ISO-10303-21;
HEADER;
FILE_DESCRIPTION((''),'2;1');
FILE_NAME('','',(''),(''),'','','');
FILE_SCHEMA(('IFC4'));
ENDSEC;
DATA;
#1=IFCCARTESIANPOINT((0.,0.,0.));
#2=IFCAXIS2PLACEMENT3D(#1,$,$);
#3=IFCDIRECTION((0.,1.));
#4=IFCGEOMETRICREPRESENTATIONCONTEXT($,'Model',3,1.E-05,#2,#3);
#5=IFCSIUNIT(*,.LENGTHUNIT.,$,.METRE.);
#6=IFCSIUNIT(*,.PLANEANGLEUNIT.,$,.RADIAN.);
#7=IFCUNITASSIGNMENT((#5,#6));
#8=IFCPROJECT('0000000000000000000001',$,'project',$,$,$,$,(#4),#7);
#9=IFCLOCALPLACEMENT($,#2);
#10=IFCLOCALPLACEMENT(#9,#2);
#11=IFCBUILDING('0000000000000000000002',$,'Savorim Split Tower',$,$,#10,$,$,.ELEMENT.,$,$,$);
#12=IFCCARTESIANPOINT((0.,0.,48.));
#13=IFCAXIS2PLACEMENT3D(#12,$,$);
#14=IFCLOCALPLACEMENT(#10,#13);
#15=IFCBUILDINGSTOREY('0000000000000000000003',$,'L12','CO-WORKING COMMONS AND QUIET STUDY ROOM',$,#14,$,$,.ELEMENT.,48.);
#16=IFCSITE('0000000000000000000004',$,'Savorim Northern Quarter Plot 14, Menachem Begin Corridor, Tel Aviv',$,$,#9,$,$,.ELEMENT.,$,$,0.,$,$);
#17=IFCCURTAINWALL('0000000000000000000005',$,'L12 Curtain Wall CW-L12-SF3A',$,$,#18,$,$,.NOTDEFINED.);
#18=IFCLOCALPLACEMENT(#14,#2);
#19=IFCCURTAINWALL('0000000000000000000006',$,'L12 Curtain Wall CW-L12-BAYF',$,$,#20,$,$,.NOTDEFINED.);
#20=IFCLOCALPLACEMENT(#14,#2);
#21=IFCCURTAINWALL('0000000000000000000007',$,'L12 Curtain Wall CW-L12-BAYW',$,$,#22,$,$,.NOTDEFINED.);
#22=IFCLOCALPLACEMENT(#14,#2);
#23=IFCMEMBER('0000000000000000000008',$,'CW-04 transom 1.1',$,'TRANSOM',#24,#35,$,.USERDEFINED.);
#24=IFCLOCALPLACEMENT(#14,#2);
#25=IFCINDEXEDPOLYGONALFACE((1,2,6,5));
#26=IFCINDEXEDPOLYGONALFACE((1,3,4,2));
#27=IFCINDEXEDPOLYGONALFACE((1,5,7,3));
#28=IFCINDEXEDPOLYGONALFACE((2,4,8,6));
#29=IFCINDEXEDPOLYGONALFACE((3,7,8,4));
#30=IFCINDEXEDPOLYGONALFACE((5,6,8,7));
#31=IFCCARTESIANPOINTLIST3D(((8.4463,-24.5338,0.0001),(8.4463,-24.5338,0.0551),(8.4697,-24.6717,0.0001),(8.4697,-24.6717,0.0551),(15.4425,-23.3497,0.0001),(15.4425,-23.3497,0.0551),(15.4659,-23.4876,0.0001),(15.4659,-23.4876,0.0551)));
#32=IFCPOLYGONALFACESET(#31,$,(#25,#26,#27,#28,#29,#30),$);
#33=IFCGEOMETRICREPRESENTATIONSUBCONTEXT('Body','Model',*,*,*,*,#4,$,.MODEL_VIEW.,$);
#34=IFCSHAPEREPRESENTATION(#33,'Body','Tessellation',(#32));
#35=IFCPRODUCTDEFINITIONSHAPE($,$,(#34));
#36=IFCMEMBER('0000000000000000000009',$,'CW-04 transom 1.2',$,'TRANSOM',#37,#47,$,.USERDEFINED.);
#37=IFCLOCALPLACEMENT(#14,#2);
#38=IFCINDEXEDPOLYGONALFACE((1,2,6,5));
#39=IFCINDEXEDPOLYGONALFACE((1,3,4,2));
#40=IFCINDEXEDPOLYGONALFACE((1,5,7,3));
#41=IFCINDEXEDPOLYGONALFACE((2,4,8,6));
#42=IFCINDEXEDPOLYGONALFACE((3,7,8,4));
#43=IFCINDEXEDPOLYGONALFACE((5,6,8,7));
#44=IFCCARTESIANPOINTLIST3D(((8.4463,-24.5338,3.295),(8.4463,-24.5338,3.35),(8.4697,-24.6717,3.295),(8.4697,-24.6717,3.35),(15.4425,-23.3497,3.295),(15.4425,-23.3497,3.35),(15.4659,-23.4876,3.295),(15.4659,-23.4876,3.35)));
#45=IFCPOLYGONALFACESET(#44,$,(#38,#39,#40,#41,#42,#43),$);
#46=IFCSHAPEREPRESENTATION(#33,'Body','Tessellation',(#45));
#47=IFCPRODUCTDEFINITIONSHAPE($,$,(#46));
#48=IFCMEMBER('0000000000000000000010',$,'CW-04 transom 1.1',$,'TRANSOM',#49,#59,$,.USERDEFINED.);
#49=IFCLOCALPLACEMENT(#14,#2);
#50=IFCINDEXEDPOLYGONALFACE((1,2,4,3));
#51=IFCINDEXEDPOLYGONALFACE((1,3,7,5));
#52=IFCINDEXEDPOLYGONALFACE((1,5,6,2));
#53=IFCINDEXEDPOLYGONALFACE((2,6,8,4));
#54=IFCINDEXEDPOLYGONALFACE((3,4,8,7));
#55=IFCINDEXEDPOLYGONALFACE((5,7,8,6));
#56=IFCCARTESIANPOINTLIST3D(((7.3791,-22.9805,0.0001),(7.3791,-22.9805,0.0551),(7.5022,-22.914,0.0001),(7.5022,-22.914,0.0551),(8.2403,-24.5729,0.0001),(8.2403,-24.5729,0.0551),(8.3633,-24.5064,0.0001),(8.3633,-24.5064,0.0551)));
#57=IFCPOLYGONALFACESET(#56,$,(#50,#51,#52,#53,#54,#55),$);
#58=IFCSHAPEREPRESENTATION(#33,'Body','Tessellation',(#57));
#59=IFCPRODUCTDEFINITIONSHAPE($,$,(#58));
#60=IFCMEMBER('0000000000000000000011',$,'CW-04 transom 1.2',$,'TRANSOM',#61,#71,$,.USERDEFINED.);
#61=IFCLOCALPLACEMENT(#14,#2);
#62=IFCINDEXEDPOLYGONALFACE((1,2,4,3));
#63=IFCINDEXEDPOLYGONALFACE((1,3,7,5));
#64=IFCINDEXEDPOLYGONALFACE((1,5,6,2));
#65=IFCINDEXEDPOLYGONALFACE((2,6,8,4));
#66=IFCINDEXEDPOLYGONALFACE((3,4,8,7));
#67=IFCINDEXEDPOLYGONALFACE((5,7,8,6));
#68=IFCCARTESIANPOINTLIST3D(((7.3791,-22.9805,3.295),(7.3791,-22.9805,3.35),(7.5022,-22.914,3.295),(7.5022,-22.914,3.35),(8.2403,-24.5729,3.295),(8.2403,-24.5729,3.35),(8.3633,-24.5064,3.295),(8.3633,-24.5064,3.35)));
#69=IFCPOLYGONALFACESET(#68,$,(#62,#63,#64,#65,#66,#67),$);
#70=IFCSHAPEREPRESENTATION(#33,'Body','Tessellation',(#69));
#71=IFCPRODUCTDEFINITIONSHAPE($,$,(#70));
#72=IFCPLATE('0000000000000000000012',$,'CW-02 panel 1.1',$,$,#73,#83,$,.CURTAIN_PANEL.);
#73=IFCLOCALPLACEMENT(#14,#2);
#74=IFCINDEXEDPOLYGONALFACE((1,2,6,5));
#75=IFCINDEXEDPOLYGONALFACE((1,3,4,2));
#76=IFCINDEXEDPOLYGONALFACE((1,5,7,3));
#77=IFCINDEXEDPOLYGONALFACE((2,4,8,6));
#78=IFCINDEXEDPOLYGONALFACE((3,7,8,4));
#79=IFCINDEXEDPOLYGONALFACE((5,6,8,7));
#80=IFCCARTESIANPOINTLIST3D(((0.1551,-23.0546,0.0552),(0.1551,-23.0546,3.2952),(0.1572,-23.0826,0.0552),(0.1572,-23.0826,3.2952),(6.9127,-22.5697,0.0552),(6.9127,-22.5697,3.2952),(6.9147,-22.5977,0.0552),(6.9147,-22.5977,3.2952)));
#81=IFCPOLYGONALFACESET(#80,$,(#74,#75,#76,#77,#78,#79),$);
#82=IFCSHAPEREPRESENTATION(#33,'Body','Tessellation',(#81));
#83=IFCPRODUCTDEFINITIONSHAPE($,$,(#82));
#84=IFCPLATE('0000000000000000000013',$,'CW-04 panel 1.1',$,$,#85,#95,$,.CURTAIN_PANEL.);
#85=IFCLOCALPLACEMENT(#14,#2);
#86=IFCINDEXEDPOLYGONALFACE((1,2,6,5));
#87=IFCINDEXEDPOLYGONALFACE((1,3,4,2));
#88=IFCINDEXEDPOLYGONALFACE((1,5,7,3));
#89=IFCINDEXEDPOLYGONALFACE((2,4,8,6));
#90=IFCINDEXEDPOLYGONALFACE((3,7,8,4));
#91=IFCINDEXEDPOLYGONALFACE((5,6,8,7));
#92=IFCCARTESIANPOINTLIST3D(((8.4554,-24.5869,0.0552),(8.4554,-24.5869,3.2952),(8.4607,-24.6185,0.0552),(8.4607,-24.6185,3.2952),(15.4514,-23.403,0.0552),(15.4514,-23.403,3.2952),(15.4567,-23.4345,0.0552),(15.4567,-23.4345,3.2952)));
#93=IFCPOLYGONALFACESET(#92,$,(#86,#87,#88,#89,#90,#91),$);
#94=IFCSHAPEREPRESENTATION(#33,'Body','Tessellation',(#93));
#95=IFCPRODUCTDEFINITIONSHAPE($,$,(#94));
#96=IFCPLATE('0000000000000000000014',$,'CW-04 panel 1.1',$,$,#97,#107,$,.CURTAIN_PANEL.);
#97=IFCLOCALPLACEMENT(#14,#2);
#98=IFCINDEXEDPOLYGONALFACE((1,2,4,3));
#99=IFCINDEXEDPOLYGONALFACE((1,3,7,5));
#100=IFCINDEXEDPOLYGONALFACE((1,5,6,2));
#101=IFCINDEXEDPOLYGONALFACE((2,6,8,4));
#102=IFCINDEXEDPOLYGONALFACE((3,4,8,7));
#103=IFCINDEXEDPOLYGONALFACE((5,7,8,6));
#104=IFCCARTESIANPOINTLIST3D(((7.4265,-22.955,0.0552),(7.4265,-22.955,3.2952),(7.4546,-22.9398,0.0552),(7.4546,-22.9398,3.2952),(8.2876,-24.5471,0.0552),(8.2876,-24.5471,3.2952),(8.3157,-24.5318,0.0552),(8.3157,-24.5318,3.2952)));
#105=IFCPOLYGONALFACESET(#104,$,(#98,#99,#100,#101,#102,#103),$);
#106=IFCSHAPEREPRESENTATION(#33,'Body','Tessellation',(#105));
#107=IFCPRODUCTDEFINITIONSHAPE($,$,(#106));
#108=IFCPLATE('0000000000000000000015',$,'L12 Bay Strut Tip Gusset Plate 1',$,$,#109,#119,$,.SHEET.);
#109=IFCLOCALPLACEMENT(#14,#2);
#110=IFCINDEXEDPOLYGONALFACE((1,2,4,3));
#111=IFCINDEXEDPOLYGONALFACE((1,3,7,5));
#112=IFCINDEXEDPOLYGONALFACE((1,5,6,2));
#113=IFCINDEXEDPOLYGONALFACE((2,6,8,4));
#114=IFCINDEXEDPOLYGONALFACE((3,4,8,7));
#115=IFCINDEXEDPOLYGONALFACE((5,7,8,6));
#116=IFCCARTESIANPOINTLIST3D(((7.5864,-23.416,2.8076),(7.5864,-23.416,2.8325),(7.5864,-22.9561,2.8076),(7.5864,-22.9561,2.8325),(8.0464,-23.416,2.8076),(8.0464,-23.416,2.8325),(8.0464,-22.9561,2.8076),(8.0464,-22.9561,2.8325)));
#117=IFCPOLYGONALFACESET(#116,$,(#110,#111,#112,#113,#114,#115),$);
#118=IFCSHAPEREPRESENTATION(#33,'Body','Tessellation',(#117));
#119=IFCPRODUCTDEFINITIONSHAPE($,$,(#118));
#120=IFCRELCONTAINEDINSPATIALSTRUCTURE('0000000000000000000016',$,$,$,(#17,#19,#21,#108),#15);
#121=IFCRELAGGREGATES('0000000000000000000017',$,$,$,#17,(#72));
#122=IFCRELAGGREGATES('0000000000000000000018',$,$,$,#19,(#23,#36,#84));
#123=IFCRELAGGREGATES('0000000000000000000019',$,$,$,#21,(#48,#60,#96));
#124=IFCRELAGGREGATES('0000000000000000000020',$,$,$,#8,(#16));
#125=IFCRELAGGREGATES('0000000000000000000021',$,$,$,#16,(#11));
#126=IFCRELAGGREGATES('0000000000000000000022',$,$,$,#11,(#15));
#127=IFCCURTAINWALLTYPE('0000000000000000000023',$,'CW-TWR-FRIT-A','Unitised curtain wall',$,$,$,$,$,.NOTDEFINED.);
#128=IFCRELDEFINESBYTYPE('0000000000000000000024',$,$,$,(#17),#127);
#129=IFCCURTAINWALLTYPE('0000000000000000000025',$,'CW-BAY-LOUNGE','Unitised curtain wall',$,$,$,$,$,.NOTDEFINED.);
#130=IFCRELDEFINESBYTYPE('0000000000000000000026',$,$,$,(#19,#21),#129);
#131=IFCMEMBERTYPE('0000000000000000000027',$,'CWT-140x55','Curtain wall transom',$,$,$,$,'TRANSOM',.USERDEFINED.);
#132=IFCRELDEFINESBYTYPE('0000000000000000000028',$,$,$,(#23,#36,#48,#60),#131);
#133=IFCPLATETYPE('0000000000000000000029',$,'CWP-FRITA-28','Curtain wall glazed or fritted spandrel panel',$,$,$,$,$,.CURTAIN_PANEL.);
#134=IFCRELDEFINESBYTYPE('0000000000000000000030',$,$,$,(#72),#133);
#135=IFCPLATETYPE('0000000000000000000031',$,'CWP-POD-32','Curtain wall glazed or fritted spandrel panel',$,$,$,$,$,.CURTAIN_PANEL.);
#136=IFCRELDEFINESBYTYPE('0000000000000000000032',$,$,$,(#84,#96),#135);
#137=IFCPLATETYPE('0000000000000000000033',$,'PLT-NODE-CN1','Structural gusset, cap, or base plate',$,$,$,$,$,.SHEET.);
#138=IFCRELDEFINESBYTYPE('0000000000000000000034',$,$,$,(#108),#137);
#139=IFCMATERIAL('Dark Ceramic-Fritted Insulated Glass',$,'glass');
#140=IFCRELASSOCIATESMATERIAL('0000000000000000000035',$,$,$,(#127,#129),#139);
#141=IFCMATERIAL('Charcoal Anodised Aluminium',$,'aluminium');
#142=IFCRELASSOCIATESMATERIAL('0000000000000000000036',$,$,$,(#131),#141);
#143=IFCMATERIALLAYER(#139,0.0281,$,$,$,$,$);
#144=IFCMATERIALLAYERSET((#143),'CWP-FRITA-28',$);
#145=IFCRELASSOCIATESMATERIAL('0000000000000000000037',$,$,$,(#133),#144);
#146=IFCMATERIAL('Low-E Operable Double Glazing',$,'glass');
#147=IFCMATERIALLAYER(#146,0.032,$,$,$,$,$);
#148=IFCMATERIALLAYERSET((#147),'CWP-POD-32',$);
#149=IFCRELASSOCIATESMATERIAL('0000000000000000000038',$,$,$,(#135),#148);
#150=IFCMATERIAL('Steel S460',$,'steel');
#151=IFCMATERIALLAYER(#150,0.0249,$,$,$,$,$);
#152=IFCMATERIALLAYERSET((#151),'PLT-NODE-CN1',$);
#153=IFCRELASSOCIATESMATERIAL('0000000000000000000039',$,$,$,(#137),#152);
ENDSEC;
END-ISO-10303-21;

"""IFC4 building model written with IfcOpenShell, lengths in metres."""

from ifc_helpers import new_model, si_unit, direction, frame, origin, origin_2d, place, context, subcontext, project, spatial, rectangle, extrude, material, layer, layer_set, material_profile, profile_set, type_object, element, aggregate, save


model = new_model("IFC4")

# Units and contexts
model_context = context("Model", 3, precision=1e-05, world=origin(), true_north=direction((0.0, 1.0)))
body_context = subcontext(model_context, "Body", "Model", "MODEL_VIEW")
ifc_project = project(units=[si_unit("LENGTHUNIT", "METRE"), si_unit("PLANEANGLEUNIT", "RADIAN")], contexts=[model_context])

# Site, building, storey
site_placement = place(None, origin())
site = spatial("IfcSite", under=ifc_project, at=site_placement, Name="Savorim Northern Quarter Plot 14, Menachem Begin Corridor, Tel Aviv", CompositionType="ELEMENT", RefElevation=0.0)
building_placement = place(site_placement, origin())
building = spatial("IfcBuilding", under=site, at=building_placement, Name="Savorim Split Tower", CompositionType="ELEMENT")
storey_placement = place(building_placement, frame((0.0, 0.0, 48.0)))
storey = spatial("IfcBuildingStorey", under=building, at=storey_placement, Name="L12", Description="CO-WORKING COMMONS AND QUIET STUDY ROOM", CompositionType="ELEMENT", Elevation=48.0)

# Shared definitions
ifc_material_1 = material(Name="Steel S460", Category="steel")

# Curtain wall
ifc_material_2 = material(Name="Dark Ceramic-Fritted Insulated Glass", Category="glass")
curtain_wall_type_1 = type_object("IfcCurtainWallType", Name="CW-TWR-FRIT-A", Description="Unitised curtain wall", PredefinedType="NOTDEFINED", material=ifc_material_2)
curtain_wall_1_placement = place(storey_placement, origin())
curtain_wall_1 = element("IfcCurtainWall", 1, at=curtain_wall_1_placement, inside=storey, type_object=curtain_wall_type_1, Name="L12 Curtain Wall CW-L12-SF3A", PredefinedType="NOTDEFINED")
ifc_material_3 = material(Name="Charcoal Anodised Aluminium", Category="aluminium")

# Curtain wall
curtain_wall_type_2 = type_object("IfcCurtainWallType", Name="CW-BAY-LOUNGE", Description="Unitised curtain wall", PredefinedType="NOTDEFINED", material=ifc_material_2)
curtain_wall_2_placement = place(storey_placement, origin())
curtain_wall_2 = element("IfcCurtainWall", 2, at=curtain_wall_2_placement, inside=storey, type_object=curtain_wall_type_2, Name="L12 Curtain Wall CW-L12-BAYF", PredefinedType="NOTDEFINED")

# Curtain wall
curtain_wall_3_placement = place(storey_placement, origin())
curtain_wall_3 = element("IfcCurtainWall", 3, at=curtain_wall_3_placement, inside=storey, type_object=curtain_wall_type_2, Name="L12 Curtain Wall CW-L12-BAYW", PredefinedType="NOTDEFINED")

# Members
ifc_material_profile_1 = material_profile(ifc_material_3, rectangle(XDim=0.1399, YDim=0.0549, at=origin_2d()), Name="ALU-T 140x55")
ifc_profile_set_1 = profile_set([ifc_material_profile_1], Name="Charcoal Anodised Aluminium")
member_type_1 = type_object("IfcMemberType", Name="CWT-140x55", Description="Curtain wall transom", ElementType="TRANSOM", PredefinedType="USERDEFINED", material=ifc_profile_set_1)
member_1_placement = place(storey_placement, frame((8.458, -24.6028, 0.0276), z_axis=(0.985978, 0.166876, 0.0), x_axis=(-0.166876, 0.985978, 0.0)))
member_1 = element("IfcMember", 4, at=member_1_placement, type_object=member_type_1, Name="CW-04 transom 1.1", ObjectType="TRANSOM", PredefinedType="USERDEFINED", context=body_context, shape_type="SweptSolid", body=[
    extrude(rectangle(XDim=0.1399, YDim=0.0549, at=origin_2d()), origin(), (0.0, 0.0, 1.0), 7.0957),
])
member_2_placement = place(storey_placement, frame((8.458, -24.6028, 3.3225), z_axis=(0.985978, 0.166876, 0.0), x_axis=(-0.166876, 0.985978, 0.0)))
member_2 = element("IfcMember", 5, at=member_2_placement, type_object=member_type_1, Name="CW-04 transom 1.2", ObjectType="TRANSOM", PredefinedType="USERDEFINED", context=body_context, shape_type="SweptSolid", body=[
    extrude(rectangle(XDim=0.1399, YDim=0.0549, at=origin_2d()), origin(), (0.0, 0.0, 1.0), 7.0957),
])
member_3_placement = place(storey_placement, frame((7.4407, -22.9473, 0.0276), z_axis=(0.475683, -0.879617, 0.0), x_axis=(0.879617, 0.475683, 0.0)))
member_3 = element("IfcMember", 6, at=member_3_placement, type_object=member_type_1, Name="CW-04 transom 1.1", ObjectType="TRANSOM", PredefinedType="USERDEFINED", context=body_context, shape_type="SweptSolid", body=[
    extrude(rectangle(XDim=0.1399, YDim=0.0549, at=origin_2d()), origin(), (0.0, 0.0, 1.0), 1.8103),
])
member_4_placement = place(storey_placement, frame((7.4407, -22.9473, 3.3225), z_axis=(0.475683, -0.879617, 0.0), x_axis=(0.879617, 0.475683, 0.0)))
member_4 = element("IfcMember", 7, at=member_4_placement, type_object=member_type_1, Name="CW-04 transom 1.2", ObjectType="TRANSOM", PredefinedType="USERDEFINED", context=body_context, shape_type="SweptSolid", body=[
    extrude(rectangle(XDim=0.1399, YDim=0.0549, at=origin_2d()), origin(), (0.0, 0.0, 1.0), 1.8103),
])

# Plates
ifc_layer_1 = layer(ifc_material_2, 0.0281)
ifc_layer_set_1 = layer_set([ifc_layer_1], Name="CWP-FRITA-28")
plate_type_1 = type_object("IfcPlateType", Name="CWP-FRITA-28", Description="Curtain wall glazed or fritted spandrel panel", PredefinedType="CURTAIN_PANEL", material=ifc_layer_set_1)
plate_1_placement = place(storey_placement, frame((3.5349, -22.8262, 0.0552), z_axis=(0.0, 0.0, 1.0), x_axis=(0.997435, 0.071571, 0.0)))
plate_1 = element("IfcPlate", 8, at=plate_1_placement, type_object=plate_type_1, Name="CW-02 panel 1.1", PredefinedType="CURTAIN_PANEL", context=body_context, shape_type="SweptSolid", body=[
    extrude(rectangle(XDim=6.7749, YDim=0.0281, at=origin_2d()), origin(), (0.0, 0.0, 1.0), 3.24),
])
aggregate(curtain_wall_1, [plate_1])
ifc_material_4 = material(Name="Low-E Operable Double Glazing", Category="glass")
ifc_layer_2 = layer(ifc_material_4, 0.032)
ifc_layer_set_2 = layer_set([ifc_layer_2], Name="CWP-POD-32")
plate_type_2 = type_object("IfcPlateType", Name="CWP-POD-32", Description="Curtain wall glazed or fritted spandrel panel", PredefinedType="CURTAIN_PANEL", material=ifc_layer_set_2)
plate_2_placement = place(storey_placement, frame((11.9561, -24.0107, 0.0552), z_axis=(0.0, 0.0, 1.0), x_axis=(0.985981, 0.166857, 0.0)))
plate_2 = element("IfcPlate", 9, at=plate_2_placement, type_object=plate_type_2, Name="CW-04 panel 1.1", PredefinedType="CURTAIN_PANEL", context=body_context, shape_type="SweptSolid", body=[
    extrude(rectangle(XDim=7.0955, YDim=0.032, at=origin_2d()), origin(), (0.0, 0.0, 1.0), 3.24),
])
aggregate(curtain_wall_2, [member_1, member_2, plate_2])
plate_3_placement = place(storey_placement, frame((7.8711, -23.7434, 0.0552), z_axis=(0.0, 0.0, 1.0), x_axis=(0.475743, -0.879584, 0.0)))
plate_3 = element("IfcPlate", 10, at=plate_3_placement, type_object=plate_type_2, Name="CW-04 panel 1.1", PredefinedType="CURTAIN_PANEL", context=body_context, shape_type="SweptSolid", body=[
    extrude(rectangle(XDim=1.8101, YDim=0.032, at=origin_2d()), origin(), (0.0, 0.0, 1.0), 3.24),
])
aggregate(curtain_wall_3, [member_3, member_4, plate_3])
ifc_layer_3 = layer(ifc_material_1, 0.0249)
ifc_layer_set_3 = layer_set([ifc_layer_3], Name="PLT-NODE-CN1")
plate_type_3 = type_object("IfcPlateType", Name="PLT-NODE-CN1", Description="Structural gusset, cap, or base plate", PredefinedType="SHEET", material=ifc_layer_set_3)
plate_4_placement = place(storey_placement, frame((7.8164, -23.186, 2.8076), z_axis=(0.0, 0.0, 1.0), x_axis=(1.0, 0.0, 0.0)))
element("IfcPlate", 11, at=plate_4_placement, inside=storey, type_object=plate_type_3, Name="L12 Bay Strut Tip Gusset Plate 1", PredefinedType="SHEET", context=body_context, shape_type="SweptSolid", body=[
    extrude(rectangle(XDim=0.46, YDim=0.46, at=origin_2d()), origin(), (0.0, 0.0, 1.0), 0.0249),
])

save(model, "model.ifc")
